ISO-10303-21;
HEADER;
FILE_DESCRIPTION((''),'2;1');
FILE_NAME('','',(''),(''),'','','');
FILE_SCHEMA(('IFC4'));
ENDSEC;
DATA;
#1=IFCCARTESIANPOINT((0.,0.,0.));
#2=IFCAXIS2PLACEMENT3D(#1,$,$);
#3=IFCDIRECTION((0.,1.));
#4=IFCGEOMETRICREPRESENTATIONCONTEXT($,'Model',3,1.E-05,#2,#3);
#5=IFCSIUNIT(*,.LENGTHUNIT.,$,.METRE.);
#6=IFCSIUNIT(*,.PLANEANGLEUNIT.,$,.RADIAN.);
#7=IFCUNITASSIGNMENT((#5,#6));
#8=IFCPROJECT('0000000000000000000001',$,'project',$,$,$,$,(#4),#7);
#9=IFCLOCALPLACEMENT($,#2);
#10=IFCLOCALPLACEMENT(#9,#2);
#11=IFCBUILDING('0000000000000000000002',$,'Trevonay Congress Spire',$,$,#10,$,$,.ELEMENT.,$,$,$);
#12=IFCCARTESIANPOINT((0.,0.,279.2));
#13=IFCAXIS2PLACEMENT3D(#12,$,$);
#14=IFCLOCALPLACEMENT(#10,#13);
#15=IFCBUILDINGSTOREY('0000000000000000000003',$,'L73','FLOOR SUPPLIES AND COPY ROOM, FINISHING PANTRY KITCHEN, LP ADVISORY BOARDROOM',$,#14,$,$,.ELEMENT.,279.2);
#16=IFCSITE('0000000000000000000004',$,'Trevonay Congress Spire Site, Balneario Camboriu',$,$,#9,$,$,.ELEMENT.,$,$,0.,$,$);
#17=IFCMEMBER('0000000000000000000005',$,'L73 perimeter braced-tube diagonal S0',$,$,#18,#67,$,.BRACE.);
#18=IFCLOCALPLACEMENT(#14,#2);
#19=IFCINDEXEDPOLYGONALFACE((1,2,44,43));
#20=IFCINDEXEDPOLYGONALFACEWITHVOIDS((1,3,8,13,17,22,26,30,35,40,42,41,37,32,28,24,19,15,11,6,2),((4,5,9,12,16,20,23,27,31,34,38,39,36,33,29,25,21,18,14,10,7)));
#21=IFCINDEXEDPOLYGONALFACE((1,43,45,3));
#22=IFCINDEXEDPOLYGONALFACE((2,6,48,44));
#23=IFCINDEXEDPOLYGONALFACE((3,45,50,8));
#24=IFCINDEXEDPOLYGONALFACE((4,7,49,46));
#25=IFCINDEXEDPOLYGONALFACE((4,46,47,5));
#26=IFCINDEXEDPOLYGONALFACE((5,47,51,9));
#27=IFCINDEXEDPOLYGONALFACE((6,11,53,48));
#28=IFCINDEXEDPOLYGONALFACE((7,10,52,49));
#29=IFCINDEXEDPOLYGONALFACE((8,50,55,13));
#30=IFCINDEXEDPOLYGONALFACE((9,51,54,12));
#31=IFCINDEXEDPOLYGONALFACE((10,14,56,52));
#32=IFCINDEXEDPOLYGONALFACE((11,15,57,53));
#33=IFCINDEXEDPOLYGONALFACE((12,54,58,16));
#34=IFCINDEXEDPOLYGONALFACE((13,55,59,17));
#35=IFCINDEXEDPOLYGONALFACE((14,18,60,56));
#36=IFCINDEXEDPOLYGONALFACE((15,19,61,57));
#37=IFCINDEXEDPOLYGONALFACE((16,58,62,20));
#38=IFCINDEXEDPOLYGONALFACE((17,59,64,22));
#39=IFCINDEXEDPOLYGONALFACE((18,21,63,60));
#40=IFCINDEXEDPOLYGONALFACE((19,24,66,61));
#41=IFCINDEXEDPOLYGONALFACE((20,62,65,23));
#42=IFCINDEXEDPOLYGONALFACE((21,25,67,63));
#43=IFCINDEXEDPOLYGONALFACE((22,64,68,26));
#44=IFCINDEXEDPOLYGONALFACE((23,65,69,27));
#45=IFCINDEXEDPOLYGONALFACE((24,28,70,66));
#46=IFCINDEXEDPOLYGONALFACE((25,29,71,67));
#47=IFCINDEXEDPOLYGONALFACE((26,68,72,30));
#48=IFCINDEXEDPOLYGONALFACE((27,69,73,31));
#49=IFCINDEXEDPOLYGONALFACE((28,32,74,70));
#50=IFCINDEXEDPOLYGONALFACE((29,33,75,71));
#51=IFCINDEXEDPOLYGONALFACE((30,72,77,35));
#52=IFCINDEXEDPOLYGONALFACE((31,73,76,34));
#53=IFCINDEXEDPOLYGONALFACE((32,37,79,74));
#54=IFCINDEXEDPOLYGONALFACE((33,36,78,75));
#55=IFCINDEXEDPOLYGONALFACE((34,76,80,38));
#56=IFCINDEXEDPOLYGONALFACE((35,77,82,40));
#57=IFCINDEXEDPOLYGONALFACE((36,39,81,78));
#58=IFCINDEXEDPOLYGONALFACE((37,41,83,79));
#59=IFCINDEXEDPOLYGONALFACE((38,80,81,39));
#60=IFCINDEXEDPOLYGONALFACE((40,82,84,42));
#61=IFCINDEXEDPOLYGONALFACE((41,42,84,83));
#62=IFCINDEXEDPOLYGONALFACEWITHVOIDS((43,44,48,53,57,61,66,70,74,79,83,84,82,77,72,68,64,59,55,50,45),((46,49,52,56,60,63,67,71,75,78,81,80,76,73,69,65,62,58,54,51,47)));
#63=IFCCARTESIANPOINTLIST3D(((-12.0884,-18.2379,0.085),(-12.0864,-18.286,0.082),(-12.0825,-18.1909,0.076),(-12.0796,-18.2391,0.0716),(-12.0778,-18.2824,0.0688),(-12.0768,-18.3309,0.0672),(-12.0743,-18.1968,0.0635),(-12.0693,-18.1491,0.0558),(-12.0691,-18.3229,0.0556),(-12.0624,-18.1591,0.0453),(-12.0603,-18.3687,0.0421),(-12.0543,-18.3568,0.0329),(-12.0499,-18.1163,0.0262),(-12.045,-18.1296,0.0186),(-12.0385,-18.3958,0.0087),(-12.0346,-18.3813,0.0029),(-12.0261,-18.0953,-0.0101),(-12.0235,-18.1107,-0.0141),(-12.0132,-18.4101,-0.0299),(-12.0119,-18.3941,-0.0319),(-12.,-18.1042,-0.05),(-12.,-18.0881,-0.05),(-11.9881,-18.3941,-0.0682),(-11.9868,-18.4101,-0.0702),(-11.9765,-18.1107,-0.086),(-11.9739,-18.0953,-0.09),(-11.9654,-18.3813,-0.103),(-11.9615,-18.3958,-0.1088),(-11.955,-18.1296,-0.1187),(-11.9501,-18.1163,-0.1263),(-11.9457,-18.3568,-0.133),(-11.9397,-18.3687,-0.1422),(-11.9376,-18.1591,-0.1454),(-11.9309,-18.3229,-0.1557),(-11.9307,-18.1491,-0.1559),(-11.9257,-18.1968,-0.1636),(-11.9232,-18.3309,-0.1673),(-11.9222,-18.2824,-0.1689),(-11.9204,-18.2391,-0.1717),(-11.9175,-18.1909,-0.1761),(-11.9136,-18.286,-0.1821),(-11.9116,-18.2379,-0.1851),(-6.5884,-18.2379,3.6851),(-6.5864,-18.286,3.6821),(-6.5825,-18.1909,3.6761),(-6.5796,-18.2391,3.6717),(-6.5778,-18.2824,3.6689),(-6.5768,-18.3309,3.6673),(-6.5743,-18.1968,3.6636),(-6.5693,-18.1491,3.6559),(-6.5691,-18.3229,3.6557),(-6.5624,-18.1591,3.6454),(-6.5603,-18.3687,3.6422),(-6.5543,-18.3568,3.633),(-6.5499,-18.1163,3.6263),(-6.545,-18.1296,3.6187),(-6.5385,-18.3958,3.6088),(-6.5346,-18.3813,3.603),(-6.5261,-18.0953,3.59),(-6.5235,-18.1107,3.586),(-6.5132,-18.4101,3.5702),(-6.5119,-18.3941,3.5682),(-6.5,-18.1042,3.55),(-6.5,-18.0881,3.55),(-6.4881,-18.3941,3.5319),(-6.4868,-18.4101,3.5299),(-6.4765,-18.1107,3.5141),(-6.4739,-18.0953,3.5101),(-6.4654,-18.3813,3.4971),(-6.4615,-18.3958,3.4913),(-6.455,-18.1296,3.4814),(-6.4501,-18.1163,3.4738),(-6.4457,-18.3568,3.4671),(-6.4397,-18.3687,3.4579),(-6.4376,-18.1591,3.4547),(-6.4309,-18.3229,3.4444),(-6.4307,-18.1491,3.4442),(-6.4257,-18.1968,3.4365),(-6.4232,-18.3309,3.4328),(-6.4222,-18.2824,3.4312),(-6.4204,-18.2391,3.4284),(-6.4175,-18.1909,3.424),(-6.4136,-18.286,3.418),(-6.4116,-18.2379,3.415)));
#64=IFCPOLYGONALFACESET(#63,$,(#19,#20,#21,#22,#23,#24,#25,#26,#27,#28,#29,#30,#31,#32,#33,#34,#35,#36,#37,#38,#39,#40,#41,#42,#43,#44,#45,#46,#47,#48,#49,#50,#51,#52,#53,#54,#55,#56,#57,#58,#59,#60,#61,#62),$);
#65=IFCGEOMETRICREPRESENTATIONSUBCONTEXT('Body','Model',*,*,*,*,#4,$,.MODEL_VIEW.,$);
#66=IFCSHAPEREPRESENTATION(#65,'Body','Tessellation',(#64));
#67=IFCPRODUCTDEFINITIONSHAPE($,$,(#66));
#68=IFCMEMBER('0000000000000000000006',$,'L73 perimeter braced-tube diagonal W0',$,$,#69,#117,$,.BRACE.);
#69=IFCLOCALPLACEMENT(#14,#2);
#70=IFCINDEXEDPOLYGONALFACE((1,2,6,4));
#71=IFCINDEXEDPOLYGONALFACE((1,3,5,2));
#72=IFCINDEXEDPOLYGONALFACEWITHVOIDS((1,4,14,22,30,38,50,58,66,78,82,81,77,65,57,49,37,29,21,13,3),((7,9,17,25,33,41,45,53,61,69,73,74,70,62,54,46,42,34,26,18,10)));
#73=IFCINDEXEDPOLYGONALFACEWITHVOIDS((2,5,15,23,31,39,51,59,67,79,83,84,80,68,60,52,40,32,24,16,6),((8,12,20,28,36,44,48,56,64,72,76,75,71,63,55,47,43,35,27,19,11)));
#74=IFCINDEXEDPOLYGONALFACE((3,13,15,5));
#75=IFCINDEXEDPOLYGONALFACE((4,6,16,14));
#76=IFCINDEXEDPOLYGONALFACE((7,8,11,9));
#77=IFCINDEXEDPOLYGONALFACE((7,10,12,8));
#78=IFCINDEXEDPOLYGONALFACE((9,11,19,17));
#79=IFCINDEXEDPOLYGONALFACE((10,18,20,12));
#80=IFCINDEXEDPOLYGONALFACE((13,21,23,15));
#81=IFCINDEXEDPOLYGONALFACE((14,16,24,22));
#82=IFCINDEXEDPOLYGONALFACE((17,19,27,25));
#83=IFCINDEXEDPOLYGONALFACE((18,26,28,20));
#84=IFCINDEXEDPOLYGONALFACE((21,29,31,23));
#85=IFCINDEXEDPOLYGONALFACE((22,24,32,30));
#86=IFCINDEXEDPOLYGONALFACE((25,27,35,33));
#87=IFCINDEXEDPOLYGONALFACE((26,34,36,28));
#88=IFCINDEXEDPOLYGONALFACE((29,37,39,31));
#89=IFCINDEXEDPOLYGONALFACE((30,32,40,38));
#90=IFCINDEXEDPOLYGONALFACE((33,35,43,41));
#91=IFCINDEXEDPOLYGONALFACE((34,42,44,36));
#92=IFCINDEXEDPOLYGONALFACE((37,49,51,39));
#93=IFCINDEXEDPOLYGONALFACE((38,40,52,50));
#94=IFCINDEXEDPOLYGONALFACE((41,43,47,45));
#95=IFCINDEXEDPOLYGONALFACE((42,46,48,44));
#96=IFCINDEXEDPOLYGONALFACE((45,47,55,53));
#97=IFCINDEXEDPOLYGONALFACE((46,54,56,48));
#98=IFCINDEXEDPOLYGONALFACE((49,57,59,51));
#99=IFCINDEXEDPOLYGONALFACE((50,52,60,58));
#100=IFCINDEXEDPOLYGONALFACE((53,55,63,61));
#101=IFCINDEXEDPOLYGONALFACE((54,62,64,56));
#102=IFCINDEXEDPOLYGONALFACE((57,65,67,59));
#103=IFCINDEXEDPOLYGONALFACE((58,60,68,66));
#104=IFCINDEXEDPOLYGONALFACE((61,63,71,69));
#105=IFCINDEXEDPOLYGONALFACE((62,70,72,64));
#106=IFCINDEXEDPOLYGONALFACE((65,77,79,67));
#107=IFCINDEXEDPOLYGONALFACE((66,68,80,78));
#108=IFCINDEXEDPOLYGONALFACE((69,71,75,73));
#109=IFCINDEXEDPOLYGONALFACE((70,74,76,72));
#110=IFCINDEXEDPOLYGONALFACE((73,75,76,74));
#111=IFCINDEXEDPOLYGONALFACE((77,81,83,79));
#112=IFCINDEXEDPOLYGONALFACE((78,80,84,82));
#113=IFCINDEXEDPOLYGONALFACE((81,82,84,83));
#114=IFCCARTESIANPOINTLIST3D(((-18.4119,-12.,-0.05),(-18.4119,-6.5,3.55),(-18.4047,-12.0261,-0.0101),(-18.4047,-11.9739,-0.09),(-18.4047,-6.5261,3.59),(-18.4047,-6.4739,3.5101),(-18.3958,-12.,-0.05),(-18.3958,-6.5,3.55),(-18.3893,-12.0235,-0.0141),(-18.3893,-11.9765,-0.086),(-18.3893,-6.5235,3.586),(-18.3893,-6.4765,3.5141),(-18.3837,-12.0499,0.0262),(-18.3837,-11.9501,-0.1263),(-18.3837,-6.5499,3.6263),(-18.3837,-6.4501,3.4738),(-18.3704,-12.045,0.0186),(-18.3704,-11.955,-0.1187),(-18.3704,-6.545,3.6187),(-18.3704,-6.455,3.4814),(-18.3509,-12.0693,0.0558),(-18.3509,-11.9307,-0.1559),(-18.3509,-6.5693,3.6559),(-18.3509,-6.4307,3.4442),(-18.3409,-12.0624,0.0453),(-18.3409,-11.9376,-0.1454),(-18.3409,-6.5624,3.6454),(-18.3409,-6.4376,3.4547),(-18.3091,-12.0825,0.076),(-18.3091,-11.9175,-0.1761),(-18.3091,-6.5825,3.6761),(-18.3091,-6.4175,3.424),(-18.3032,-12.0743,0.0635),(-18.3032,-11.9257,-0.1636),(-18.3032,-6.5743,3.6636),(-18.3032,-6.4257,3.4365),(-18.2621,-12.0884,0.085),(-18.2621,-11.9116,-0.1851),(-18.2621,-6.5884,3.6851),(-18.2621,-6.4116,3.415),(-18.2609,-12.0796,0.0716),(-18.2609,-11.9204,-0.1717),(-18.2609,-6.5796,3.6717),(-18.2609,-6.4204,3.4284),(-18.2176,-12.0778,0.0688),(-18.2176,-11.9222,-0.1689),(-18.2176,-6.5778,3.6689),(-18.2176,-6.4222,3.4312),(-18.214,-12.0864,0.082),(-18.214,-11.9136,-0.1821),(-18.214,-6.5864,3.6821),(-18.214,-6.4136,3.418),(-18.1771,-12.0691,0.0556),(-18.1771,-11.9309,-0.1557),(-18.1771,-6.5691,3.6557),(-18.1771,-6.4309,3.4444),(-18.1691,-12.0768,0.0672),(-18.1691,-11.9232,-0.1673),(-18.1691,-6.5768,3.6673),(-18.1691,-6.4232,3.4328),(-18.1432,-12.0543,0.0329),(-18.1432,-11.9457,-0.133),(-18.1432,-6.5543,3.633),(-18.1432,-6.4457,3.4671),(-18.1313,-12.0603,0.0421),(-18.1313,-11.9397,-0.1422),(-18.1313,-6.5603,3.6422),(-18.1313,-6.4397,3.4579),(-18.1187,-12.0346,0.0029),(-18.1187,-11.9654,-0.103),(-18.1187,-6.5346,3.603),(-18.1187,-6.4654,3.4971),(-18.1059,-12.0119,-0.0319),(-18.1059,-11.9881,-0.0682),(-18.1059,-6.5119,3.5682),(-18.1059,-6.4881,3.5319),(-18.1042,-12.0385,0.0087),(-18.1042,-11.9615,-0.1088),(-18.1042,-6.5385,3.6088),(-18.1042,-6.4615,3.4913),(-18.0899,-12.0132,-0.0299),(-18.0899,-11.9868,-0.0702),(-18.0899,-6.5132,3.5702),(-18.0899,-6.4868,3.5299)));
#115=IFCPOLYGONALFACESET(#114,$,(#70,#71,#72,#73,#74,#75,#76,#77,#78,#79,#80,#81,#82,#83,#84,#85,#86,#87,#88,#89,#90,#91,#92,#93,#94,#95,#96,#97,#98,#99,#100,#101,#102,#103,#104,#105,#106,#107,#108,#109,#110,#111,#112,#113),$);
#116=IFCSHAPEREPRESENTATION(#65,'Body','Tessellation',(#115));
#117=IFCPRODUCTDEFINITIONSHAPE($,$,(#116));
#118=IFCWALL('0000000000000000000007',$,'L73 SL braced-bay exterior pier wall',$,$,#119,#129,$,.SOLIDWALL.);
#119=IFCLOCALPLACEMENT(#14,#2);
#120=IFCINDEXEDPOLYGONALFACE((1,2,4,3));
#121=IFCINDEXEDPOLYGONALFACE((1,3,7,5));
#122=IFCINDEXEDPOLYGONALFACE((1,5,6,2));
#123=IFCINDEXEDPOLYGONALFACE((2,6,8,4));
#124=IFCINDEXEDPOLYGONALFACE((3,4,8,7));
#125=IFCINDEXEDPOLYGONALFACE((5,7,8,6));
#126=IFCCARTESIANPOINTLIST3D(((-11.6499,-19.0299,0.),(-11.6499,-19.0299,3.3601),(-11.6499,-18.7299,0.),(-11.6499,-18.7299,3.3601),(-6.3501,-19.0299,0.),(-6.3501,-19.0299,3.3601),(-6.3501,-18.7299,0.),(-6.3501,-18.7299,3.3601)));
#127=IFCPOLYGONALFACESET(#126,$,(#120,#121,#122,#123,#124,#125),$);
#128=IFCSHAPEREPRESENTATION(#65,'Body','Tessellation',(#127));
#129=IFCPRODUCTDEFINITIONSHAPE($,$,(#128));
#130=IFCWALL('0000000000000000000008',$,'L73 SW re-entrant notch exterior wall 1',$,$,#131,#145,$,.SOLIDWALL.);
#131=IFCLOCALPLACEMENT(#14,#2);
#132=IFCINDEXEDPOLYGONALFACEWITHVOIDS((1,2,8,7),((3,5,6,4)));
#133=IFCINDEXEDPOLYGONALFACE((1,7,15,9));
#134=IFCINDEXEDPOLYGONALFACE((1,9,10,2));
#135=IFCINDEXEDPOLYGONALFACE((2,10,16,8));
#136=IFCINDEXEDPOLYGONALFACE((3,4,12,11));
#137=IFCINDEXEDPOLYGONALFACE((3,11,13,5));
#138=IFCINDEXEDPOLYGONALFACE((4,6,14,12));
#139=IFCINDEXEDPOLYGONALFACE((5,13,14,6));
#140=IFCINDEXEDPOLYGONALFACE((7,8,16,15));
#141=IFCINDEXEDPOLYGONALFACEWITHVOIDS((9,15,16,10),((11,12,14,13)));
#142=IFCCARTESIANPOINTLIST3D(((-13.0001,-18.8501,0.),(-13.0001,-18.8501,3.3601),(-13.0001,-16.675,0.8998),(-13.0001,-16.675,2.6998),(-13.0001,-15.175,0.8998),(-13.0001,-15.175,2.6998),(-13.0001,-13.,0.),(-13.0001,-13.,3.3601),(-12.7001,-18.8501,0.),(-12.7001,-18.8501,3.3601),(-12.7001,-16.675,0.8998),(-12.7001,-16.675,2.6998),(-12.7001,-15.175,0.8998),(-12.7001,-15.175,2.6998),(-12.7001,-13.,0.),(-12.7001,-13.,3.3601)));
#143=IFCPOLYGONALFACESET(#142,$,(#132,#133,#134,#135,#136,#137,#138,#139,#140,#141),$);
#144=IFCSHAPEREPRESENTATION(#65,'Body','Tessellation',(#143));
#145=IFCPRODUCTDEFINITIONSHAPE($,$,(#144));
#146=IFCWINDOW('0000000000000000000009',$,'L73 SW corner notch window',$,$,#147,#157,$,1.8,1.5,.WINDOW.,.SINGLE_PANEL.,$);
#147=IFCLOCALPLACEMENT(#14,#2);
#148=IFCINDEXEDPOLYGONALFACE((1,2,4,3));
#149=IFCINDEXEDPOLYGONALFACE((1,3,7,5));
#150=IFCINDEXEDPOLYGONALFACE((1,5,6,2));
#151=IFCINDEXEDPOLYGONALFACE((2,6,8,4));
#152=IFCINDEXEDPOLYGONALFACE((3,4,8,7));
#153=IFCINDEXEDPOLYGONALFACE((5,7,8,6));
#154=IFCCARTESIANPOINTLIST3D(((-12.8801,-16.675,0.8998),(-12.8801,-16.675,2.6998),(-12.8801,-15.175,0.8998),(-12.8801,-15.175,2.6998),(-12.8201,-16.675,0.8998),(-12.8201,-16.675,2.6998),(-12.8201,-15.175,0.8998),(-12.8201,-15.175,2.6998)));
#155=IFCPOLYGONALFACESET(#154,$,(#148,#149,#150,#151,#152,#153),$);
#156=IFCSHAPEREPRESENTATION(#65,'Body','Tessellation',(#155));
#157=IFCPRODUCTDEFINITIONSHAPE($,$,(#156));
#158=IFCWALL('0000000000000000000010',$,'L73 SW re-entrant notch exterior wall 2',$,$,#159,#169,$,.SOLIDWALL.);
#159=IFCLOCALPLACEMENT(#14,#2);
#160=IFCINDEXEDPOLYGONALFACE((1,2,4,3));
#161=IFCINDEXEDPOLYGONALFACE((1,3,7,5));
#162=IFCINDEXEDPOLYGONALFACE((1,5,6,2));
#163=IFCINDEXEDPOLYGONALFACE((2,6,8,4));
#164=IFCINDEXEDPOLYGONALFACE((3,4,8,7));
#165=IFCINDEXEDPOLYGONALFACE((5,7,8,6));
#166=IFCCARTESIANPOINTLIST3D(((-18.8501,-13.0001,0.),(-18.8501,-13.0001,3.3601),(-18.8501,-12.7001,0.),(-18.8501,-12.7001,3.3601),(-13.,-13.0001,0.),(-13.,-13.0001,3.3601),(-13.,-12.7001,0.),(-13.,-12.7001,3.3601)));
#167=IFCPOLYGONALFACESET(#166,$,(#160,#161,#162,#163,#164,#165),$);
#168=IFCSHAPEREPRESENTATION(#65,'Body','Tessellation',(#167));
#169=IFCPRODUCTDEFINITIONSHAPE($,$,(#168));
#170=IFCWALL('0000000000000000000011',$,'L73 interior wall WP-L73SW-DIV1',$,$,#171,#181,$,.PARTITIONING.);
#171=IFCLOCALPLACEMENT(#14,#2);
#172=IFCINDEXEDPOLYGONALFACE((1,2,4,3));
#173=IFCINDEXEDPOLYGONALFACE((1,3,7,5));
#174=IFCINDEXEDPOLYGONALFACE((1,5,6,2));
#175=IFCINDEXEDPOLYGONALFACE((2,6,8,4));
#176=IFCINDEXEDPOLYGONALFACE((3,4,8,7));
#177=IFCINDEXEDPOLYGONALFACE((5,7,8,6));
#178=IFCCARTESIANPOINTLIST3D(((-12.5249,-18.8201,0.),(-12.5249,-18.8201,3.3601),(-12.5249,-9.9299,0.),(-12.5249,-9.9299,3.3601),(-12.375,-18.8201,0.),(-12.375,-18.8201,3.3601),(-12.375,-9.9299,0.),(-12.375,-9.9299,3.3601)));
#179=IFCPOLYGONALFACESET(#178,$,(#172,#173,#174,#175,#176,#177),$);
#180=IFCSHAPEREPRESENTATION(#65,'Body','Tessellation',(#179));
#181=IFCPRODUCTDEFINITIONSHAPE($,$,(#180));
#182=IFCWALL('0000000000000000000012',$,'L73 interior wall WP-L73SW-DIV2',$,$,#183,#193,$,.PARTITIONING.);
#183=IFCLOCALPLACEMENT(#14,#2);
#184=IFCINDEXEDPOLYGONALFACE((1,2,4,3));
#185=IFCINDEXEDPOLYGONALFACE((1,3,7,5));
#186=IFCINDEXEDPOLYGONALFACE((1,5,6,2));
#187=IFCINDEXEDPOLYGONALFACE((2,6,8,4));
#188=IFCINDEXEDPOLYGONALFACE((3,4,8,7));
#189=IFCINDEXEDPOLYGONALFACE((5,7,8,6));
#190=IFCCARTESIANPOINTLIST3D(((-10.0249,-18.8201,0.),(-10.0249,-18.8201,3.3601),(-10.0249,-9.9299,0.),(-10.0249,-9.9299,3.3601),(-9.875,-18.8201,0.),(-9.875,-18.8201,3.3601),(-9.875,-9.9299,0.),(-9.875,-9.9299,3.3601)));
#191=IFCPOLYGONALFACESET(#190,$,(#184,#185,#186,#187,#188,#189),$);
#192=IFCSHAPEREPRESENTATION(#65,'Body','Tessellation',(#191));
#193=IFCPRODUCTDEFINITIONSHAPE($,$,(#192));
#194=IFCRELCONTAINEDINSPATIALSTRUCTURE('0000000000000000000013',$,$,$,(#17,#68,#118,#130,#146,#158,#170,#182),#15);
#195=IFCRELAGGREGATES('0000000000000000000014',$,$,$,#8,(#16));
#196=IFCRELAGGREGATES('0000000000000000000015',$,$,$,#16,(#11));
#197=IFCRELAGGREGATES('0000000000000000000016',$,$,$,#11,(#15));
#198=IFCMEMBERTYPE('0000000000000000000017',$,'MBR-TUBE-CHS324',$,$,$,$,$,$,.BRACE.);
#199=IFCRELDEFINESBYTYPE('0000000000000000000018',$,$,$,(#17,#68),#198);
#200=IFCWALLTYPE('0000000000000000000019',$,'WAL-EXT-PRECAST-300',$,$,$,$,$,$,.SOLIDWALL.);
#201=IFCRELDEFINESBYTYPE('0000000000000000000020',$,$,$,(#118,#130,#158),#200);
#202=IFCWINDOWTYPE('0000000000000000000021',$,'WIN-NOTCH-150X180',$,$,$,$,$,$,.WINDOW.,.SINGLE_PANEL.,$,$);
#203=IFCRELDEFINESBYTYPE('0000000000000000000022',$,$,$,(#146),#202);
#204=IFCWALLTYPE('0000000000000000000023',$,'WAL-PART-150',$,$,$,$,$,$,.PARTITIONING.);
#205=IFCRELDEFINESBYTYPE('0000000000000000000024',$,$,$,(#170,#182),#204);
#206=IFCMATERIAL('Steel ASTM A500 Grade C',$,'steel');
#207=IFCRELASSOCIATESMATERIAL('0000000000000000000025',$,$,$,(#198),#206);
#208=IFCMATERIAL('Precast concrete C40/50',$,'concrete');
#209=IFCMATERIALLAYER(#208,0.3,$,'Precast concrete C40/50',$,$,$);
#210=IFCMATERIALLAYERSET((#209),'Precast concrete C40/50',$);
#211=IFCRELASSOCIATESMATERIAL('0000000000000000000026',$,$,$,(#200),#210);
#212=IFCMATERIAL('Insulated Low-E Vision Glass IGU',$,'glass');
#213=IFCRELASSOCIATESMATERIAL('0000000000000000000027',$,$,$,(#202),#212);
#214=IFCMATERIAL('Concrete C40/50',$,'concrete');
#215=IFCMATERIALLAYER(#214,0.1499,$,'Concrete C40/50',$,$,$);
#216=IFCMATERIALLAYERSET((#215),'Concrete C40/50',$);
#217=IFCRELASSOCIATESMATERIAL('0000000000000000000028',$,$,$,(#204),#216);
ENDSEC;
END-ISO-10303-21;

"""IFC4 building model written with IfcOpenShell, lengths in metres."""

from ifc_helpers import new_model, si_unit, direction, frame, frame_2d, origin, origin_2d, place, context, subcontext, project, spatial, rectangle, hollow_circle, extrude, material, layer, layer_set, material_profile, profile_set, type_object, element, fill, save


model = new_model("IFC4")

# Units and contexts
model_context = context("Model", 3, precision=1e-05, world=origin(), true_north=direction((0.0, 1.0)))
body_context = subcontext(model_context, "Body", "Model", "MODEL_VIEW")
ifc_project = project(units=[si_unit("LENGTHUNIT", "METRE"), si_unit("PLANEANGLEUNIT", "RADIAN")], contexts=[model_context])

# Site, building, storey
site_placement = place(None, origin())
site = spatial("IfcSite", under=ifc_project, at=site_placement, Name="Trevonay Congress Spire Site, Balneario Camboriu", CompositionType="ELEMENT", RefElevation=0.0)
building_placement = place(site_placement, origin())
building = spatial("IfcBuilding", under=site, at=building_placement, Name="Trevonay Congress Spire", CompositionType="ELEMENT")
storey_placement = place(building_placement, frame((0.0, 0.0, 279.2)))
storey = spatial("IfcBuildingStorey", under=building, at=storey_placement, Name="L73", Description="FLOOR SUPPLIES AND COPY ROOM, FINISHING PANTRY KITCHEN, LP ADVISORY BOARDROOM", CompositionType="ELEMENT", Elevation=279.2)

# Members
ifc_material_1 = material(Name="Steel ASTM A500 Grade C", Category="steel")
ifc_material_profile_1 = material_profile(ifc_material_1, hollow_circle(Radius=0.1619, WallThickness=0.0161, at=origin_2d()), Name="CHS 323.9x16")
ifc_profile_set_1 = profile_set([ifc_material_profile_1], Name="Steel ASTM A500 Grade C")
member_type = type_object("IfcMemberType", Name="MBR-TUBE-CHS324", PredefinedType="BRACE", material=ifc_profile_set_1)
for number, where, z_axis, x_axis, name in (
    (1, (-12.0, -18.25, -0.05), (0.836695, 0.0, 0.54767), (0.0, 1.0, 0.0), "L73 perimeter braced-tube diagonal S0"),
    (2, (-18.25, -12.0, -0.05), (0.0, 0.836695, 0.54767), (-1.0, 0.0, 0.0), "L73 perimeter braced-tube diagonal W0"),
):
    element("IfcMember", number, at=place(storey_placement, frame(where, z_axis=z_axis, x_axis=x_axis)), inside=storey, type_object=member_type, Name=name, PredefinedType="BRACE", context=body_context, shape_type="SweptSolid", body=[
        extrude(hollow_circle(Radius=0.1619, WallThickness=0.0161, at=origin_2d()), origin(), (0.0, 0.0, 1.0), 6.5735),
    ])

# Wall
ifc_material_2 = material(Name="Precast concrete C40/50", Category="concrete")
ifc_layer_1 = layer(ifc_material_2, 0.3, Name="Precast concrete C40/50")
ifc_layer_set_1 = layer_set([ifc_layer_1], Name="Precast concrete C40/50")
wall_type_1 = type_object("IfcWallType", Name="WAL-EXT-PRECAST-300", PredefinedType="SOLIDWALL", material=ifc_layer_set_1)
wall_1_placement = place(storey_placement, frame((-11.6499, -18.8799, 0.0), z_axis=(0.0, 0.0, 1.0), x_axis=(1.0, 0.0, 0.0)))
element("IfcWall", 3, at=wall_1_placement, inside=storey, type_object=wall_type_1, Name="L73 SL braced-bay exterior pier wall", PredefinedType="SOLIDWALL", context=body_context, shape_type="SweptSolid", body=[
    extrude(rectangle(XDim=5.2998, YDim=0.3, at=frame_2d((2.6499, 0.0))), origin(), (0.0, 0.0, 1.0), 3.3601),
])

# Wall, opening, window
wall_2_placement = place(storey_placement, frame((-12.8501, -18.8501, 0.0), z_axis=(0.0, 0.0, 1.0), x_axis=(0.0, 1.0, 0.0)))
wall_2 = element("IfcWall", 4, at=wall_2_placement, inside=storey, type_object=wall_type_1, Name="L73 SW re-entrant notch exterior wall 1", PredefinedType="SOLIDWALL", context=body_context, shape_type="SweptSolid", body=[
    extrude(rectangle(XDim=5.8501, YDim=0.3, at=frame_2d((2.925, 0.0))), origin(), (0.0, 0.0, 1.0), 3.3601),
])
opening_placement = place(wall_2_placement, frame((2.175, 0.0, 0.8999)))
opening = element("IfcOpeningElement", 5, at=opening_placement, cuts=wall_2, PredefinedType="OPENING", context=body_context, shape_type="SweptSolid", body=[
    extrude(rectangle(XDim=1.5, YDim=1.8, at=frame_2d((0.75, 0.8999))), frame((0.0, 0.1602, 0.0), z_axis=(0.0, -1.0, 0.0), x_axis=(1.0, 0.0, 0.0)), (0.0, 0.0, 1.0), 0.3201),
])
ifc_material_3 = material(Name="Insulated Low-E Vision Glass IGU", Category="glass")
window_type = type_object("IfcWindowType", Name="WIN-NOTCH-150X180", PartitioningType="SINGLE_PANEL", PredefinedType="WINDOW", material=ifc_material_3)
window_placement = place(opening_placement, origin())
window = element("IfcWindow", 6, at=window_placement, inside=storey, type_object=window_type, Name="L73 SW corner notch window", OverallHeight=1.8, OverallWidth=1.5, PartitioningType="SINGLE_PANEL", PredefinedType="WINDOW", context=body_context, shape_type="SweptSolid", body=[
    extrude(rectangle(XDim=1.5, YDim=1.8, at=frame_2d((0.75, 0.8999))), frame((0.0, 0.03, 0.0), z_axis=(0.0, -1.0, 0.0), x_axis=(1.0, 0.0, 0.0)), (0.0, 0.0, 1.0), 0.0601),
])
fill(opening, window)

# Walls
wall_3_placement = place(storey_placement, frame((-18.8501, -12.8501, 0.0), z_axis=(0.0, 0.0, 1.0), x_axis=(1.0, 0.0, 0.0)))
element("IfcWall", 7, at=wall_3_placement, inside=storey, type_object=wall_type_1, Name="L73 SW re-entrant notch exterior wall 2", PredefinedType="SOLIDWALL", context=body_context, shape_type="SweptSolid", body=[
    extrude(rectangle(XDim=5.8501, YDim=0.3, at=frame_2d((2.925, 0.0))), origin(), (0.0, 0.0, 1.0), 3.3601),
])
ifc_material_4 = material(Name="Concrete C40/50", Category="concrete")
ifc_layer_2 = layer(ifc_material_4, 0.1499, Name="Concrete C40/50")
ifc_layer_set_2 = layer_set([ifc_layer_2], Name="Concrete C40/50")
wall_type_2 = type_object("IfcWallType", Name="WAL-PART-150", PredefinedType="PARTITIONING", material=ifc_layer_set_2)
for number, where, z_axis, x_axis, name in (
    (8, (-12.45, -18.8201, 0.0), (0.0, 0.0, 1.0), (0.0, 1.0, 0.0), "L73 interior wall WP-L73SW-DIV1"),
    (9, (-9.95, -18.8201, 0.0), (0.0, 0.0, 1.0), (0.0, 1.0, 0.0), "L73 interior wall WP-L73SW-DIV2"),
):
    element("IfcWall", number, at=place(storey_placement, frame(where, z_axis=z_axis, x_axis=x_axis)), inside=storey, type_object=wall_type_2, Name=name, PredefinedType="PARTITIONING", context=body_context, shape_type="SweptSolid", body=[
        extrude(rectangle(XDim=8.8901, YDim=0.1499, at=frame_2d((4.4451, 0.0))), origin(), (0.0, 0.0, 1.0), 3.3601),
    ])

save(model, "model.ifc")
